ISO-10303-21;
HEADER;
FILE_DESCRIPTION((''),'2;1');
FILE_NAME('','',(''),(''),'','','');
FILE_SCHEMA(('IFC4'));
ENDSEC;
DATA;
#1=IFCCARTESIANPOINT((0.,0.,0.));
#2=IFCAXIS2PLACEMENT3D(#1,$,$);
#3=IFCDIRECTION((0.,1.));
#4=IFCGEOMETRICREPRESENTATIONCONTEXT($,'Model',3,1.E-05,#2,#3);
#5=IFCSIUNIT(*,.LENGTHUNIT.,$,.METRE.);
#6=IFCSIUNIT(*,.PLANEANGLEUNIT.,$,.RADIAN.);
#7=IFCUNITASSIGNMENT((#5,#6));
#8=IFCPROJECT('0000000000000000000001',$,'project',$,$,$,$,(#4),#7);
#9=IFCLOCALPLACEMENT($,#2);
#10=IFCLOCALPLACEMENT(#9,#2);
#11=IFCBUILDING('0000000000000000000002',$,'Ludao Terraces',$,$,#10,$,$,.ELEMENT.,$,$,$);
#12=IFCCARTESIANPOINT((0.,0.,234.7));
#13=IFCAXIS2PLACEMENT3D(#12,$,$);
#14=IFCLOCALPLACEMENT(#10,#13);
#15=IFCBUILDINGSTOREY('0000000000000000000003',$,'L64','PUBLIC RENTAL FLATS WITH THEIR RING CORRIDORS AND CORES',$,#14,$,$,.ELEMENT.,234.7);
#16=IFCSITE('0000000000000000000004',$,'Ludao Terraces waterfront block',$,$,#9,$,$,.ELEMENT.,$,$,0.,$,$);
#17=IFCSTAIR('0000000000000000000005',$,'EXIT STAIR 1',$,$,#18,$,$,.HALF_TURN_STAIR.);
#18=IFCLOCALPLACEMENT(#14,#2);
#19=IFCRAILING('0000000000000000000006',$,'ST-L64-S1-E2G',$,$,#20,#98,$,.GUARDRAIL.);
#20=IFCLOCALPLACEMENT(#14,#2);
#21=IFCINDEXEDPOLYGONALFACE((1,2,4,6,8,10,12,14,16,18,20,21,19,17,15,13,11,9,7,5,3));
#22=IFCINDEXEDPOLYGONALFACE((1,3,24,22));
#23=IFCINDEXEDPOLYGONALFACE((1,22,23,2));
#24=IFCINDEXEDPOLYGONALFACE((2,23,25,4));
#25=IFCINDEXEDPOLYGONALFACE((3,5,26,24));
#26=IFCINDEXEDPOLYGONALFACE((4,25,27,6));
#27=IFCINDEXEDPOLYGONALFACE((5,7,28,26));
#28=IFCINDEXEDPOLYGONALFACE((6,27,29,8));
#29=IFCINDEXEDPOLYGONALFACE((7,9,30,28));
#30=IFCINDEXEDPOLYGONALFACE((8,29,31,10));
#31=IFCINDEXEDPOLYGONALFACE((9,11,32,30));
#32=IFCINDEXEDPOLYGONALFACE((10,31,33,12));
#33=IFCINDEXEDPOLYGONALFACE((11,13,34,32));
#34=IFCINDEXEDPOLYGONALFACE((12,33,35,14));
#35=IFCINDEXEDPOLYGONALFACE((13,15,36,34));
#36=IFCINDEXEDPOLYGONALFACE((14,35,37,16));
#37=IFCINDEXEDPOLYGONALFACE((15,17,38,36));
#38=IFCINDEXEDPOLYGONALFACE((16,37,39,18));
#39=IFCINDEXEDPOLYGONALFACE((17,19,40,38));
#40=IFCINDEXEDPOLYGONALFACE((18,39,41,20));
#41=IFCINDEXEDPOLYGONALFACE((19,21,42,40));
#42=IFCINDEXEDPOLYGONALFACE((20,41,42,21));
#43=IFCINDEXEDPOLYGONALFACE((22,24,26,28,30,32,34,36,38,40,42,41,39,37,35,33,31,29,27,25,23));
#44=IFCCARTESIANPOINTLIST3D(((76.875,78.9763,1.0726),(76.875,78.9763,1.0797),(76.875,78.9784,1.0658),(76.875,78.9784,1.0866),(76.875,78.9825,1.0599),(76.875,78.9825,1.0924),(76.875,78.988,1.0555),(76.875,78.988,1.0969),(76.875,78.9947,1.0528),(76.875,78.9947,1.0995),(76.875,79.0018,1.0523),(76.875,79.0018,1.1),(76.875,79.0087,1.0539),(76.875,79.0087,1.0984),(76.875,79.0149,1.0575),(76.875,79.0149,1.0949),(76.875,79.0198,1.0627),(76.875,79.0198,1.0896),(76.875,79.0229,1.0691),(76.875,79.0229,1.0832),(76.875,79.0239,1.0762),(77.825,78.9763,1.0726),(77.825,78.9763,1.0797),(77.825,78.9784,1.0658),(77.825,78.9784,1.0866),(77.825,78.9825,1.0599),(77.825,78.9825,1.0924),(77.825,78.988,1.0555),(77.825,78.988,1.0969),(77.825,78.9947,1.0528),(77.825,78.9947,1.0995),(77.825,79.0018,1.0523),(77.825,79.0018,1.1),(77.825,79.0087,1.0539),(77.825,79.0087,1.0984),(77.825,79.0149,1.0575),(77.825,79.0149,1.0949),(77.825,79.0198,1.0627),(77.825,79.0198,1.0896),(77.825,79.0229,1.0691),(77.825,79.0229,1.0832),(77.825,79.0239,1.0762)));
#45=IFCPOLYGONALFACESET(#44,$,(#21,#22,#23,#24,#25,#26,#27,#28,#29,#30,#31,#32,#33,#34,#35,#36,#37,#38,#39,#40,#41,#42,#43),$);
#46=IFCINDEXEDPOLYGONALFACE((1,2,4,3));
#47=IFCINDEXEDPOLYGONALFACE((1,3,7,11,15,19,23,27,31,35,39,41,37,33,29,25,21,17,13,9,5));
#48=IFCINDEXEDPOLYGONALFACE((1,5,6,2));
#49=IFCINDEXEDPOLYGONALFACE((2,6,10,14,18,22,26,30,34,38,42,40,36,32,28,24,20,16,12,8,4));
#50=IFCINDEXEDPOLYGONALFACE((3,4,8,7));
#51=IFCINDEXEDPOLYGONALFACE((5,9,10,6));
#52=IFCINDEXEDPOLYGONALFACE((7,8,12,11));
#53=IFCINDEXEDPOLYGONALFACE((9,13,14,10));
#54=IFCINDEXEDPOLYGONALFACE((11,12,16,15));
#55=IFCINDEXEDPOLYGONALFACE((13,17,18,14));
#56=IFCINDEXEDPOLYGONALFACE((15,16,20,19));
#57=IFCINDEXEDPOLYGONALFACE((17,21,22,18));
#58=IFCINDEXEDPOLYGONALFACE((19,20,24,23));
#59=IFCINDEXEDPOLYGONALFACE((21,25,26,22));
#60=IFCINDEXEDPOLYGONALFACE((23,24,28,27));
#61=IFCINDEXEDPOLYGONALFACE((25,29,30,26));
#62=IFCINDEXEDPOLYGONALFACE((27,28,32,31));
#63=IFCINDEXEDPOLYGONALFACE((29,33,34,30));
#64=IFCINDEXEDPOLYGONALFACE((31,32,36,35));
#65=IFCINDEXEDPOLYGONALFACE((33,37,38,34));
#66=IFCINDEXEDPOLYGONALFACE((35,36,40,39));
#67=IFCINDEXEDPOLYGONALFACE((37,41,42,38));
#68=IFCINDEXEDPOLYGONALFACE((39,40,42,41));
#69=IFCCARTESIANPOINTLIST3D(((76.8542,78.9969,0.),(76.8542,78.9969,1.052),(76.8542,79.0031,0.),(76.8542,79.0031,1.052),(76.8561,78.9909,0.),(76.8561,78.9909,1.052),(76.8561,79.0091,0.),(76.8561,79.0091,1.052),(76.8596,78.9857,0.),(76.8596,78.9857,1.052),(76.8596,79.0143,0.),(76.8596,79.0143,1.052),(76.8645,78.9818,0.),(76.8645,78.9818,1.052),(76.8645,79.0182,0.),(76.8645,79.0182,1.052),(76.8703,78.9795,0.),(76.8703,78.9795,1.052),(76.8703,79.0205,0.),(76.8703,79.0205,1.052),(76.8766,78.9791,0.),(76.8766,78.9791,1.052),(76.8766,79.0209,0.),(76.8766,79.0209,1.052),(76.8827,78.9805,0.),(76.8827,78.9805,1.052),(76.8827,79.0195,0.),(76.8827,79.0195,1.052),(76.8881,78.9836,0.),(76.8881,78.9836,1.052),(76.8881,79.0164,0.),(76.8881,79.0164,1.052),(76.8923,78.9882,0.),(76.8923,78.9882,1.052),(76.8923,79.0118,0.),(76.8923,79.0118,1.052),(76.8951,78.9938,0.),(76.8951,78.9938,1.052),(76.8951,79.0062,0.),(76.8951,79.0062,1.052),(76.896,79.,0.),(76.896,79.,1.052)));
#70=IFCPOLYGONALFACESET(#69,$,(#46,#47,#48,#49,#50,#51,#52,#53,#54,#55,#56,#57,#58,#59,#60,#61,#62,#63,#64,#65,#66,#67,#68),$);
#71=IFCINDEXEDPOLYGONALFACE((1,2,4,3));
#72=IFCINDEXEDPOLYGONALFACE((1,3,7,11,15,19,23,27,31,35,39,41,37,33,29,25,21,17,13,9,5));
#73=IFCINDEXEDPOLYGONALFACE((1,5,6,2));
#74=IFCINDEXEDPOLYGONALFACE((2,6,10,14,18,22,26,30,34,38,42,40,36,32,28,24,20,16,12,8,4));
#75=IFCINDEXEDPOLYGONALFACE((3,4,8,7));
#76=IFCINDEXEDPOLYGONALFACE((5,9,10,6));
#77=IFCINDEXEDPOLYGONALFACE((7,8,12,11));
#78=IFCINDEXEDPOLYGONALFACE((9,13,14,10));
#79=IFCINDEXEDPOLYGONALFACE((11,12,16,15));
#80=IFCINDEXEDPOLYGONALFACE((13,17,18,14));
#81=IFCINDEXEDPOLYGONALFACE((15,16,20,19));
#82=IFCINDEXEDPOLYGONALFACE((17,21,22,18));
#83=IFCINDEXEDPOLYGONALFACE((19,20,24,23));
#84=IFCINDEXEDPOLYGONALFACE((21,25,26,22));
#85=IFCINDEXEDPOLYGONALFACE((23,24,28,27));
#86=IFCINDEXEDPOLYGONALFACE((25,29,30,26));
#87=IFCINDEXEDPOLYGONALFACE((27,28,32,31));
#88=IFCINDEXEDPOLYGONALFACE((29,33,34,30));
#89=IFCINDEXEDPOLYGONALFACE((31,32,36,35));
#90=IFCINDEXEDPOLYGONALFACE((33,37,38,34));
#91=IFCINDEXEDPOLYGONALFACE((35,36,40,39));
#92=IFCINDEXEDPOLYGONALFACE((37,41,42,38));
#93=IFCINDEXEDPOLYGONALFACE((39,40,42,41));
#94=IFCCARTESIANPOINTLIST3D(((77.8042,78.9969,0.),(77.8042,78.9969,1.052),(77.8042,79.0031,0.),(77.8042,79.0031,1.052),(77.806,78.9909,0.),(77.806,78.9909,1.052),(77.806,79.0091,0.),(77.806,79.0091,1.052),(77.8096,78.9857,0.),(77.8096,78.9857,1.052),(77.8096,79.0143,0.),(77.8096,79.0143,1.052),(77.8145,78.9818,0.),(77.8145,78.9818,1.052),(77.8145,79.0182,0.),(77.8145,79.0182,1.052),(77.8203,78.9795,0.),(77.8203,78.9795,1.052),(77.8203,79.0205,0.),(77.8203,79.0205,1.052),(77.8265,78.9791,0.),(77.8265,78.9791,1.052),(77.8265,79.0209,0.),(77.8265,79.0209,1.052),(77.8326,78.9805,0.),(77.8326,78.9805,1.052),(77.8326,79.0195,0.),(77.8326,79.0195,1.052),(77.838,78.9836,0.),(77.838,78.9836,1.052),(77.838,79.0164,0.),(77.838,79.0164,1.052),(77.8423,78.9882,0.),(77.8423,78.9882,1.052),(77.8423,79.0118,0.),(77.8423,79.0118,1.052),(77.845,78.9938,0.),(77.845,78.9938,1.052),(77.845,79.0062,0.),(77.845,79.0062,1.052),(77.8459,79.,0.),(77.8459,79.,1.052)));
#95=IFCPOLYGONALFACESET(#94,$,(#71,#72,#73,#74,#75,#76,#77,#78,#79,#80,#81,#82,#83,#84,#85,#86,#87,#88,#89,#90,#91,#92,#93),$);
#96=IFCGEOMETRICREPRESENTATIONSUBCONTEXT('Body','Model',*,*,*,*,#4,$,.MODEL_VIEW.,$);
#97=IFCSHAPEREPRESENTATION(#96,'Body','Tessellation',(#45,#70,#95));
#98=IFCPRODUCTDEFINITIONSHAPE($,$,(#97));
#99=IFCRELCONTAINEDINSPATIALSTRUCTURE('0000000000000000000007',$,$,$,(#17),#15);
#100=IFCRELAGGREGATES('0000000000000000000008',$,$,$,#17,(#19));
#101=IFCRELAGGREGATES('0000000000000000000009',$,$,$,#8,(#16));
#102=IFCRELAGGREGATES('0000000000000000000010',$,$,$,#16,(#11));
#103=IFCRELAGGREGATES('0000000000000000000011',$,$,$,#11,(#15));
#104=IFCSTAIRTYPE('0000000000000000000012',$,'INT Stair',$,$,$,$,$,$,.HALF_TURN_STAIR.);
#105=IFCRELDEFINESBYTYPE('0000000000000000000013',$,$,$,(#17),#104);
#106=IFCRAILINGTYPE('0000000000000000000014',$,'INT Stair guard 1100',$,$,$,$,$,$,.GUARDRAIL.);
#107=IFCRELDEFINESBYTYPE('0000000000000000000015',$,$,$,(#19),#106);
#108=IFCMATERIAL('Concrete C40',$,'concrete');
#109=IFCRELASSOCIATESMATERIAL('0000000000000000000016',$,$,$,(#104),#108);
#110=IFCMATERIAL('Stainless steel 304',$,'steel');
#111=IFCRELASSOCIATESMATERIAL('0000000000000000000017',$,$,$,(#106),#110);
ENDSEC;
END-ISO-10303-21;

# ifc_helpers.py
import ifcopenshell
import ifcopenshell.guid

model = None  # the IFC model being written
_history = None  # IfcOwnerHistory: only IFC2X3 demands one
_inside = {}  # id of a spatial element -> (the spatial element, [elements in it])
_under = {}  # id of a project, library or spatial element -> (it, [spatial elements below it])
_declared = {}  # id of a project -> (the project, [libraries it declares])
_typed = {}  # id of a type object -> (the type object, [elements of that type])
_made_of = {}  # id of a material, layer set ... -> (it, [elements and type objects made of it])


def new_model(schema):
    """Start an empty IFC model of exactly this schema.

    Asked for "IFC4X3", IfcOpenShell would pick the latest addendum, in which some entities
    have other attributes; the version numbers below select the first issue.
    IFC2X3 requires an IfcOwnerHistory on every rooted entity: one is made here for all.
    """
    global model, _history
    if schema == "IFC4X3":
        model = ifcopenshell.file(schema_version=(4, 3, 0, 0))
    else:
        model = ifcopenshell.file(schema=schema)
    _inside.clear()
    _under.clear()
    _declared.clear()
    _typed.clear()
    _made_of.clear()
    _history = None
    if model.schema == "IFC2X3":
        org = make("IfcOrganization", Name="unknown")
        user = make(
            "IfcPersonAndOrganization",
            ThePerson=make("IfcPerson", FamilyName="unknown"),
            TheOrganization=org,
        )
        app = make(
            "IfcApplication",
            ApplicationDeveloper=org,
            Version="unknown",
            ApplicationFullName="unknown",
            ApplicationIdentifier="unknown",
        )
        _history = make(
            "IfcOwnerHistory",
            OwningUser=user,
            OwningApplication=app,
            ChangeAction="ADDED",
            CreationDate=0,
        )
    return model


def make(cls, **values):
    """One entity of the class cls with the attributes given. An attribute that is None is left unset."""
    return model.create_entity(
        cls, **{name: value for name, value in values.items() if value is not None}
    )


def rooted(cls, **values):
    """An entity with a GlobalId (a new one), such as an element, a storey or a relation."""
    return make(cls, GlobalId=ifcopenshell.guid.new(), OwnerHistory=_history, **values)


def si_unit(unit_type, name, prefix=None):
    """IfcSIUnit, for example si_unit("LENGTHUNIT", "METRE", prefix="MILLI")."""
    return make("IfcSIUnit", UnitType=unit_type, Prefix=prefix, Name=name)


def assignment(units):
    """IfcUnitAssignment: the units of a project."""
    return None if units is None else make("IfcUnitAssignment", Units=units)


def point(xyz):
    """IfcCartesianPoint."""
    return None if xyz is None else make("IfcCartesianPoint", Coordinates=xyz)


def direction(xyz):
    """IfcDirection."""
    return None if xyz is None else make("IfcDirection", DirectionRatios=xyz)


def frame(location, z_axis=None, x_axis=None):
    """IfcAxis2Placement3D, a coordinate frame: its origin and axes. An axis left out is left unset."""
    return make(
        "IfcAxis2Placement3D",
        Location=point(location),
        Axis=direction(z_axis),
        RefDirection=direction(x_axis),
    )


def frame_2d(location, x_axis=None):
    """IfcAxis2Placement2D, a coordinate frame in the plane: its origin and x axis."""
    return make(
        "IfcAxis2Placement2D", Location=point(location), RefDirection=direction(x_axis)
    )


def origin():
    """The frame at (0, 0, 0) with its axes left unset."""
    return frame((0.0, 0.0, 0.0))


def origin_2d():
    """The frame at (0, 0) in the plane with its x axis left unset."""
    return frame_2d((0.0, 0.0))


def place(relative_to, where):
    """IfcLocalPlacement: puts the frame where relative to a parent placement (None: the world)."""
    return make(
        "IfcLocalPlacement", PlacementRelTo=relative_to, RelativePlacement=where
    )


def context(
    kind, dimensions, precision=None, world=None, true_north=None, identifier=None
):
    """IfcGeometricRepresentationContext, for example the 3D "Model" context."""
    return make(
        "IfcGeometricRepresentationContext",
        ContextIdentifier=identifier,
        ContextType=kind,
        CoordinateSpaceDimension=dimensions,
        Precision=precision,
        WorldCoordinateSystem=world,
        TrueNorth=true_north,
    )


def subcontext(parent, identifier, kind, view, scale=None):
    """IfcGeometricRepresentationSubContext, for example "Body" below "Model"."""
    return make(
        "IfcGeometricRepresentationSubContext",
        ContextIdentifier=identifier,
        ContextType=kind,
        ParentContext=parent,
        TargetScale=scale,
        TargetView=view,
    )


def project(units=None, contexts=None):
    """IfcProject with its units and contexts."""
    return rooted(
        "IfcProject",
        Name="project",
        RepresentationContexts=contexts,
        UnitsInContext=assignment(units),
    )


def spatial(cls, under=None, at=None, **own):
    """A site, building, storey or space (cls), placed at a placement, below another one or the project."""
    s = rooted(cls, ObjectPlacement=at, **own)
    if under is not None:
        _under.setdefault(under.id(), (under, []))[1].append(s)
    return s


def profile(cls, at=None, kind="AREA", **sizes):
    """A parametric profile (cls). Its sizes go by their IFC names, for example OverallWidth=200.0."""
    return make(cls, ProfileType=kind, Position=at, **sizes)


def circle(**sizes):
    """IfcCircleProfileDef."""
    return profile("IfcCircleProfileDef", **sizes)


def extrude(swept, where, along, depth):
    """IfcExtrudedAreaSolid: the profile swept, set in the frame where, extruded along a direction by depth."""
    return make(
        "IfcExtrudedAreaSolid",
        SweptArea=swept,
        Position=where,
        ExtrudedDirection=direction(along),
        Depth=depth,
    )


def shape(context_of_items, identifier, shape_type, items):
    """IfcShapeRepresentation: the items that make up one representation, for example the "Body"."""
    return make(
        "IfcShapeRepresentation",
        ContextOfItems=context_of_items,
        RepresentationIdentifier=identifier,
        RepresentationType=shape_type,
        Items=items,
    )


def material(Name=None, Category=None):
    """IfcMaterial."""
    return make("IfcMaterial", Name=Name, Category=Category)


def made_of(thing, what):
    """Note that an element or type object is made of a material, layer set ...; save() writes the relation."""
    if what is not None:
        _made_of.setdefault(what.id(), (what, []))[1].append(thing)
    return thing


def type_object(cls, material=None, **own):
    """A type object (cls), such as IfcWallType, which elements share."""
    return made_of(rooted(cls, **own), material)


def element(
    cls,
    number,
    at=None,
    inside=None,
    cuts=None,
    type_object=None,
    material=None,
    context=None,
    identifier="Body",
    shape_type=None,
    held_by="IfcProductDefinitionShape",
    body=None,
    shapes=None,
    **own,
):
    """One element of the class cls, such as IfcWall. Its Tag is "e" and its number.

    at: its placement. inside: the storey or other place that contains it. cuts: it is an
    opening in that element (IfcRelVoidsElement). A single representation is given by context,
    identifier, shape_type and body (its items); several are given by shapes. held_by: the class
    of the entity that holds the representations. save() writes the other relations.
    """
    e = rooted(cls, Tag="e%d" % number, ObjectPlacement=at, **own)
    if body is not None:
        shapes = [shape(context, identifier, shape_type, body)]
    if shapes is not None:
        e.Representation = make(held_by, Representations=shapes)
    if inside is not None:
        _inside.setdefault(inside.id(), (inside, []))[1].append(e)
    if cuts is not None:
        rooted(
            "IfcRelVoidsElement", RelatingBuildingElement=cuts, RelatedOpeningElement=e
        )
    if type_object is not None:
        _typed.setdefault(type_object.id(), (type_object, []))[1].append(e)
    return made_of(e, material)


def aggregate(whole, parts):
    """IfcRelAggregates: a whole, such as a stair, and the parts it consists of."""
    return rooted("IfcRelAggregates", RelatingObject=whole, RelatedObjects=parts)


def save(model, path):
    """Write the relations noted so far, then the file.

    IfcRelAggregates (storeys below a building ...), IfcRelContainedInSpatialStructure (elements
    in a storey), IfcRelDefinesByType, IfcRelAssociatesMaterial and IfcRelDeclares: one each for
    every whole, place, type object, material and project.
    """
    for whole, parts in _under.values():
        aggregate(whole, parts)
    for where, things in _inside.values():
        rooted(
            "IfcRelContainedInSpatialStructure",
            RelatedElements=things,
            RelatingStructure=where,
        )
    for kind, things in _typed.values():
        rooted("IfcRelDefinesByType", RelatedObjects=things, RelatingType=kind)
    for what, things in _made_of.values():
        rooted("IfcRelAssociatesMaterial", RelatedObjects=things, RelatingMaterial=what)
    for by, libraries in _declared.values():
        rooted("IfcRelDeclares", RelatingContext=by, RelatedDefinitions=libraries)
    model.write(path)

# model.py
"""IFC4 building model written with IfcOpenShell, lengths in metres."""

from ifc_helpers import new_model, si_unit, direction, frame, origin, origin_2d, place, context, subcontext, project, spatial, circle, extrude, material, type_object, element, aggregate, save


model = new_model("IFC4")

# Units and contexts
model_context = context("Model", 3, precision=1e-05, world=origin(), true_north=direction((0.0, 1.0)))
body_context = subcontext(model_context, "Body", "Model", "MODEL_VIEW")
ifc_project = project(units=[si_unit("LENGTHUNIT", "METRE"), si_unit("PLANEANGLEUNIT", "RADIAN")], contexts=[model_context])

# Site, building, storey
site_placement = place(None, origin())
site = spatial("IfcSite", under=ifc_project, at=site_placement, Name="Ludao Terraces waterfront block", CompositionType="ELEMENT", RefElevation=0.0)
building_placement = place(site_placement, origin())
building = spatial("IfcBuilding", under=site, at=building_placement, Name="Ludao Terraces", CompositionType="ELEMENT")
storey_placement = place(building_placement, frame((0.0, 0.0, 234.7)))
storey = spatial("IfcBuildingStorey", under=building, at=storey_placement, Name="L64", Description="PUBLIC RENTAL FLATS WITH THEIR RING CORRIDORS AND CORES", CompositionType="ELEMENT", Elevation=234.7)

# Shared definitions
ifc_material_1 = material(Name="Concrete C40", Category="concrete")

# Shared definitions
ifc_material_2 = material(Name="Stainless steel 304", Category="steel")

# Stair, railing
stair_type = type_object("IfcStairType", Name="INT Stair", PredefinedType="HALF_TURN_STAIR", material=ifc_material_1)
stair_placement = place(storey_placement, origin())
stair = element("IfcStair", 1, at=stair_placement, inside=storey, type_object=stair_type, Name="EXIT STAIR 1", PredefinedType="HALF_TURN_STAIR")
railing_type_1 = type_object("IfcRailingType", Name="INT Stair guard 1100", PredefinedType="GUARDRAIL", material=ifc_material_2)
railing_1_placement = place(storey_placement, frame((76.875, 79.0, 0.0)))
railing_1 = element("IfcRailing", 2, at=railing_1_placement, type_object=railing_type_1, Name="ST-L64-S1-E2G", PredefinedType="GUARDRAIL", context=body_context, shape_type="SweptSolid", body=[
    extrude(circle(Radius=0.0239, at=origin_2d()), frame((0.0, 0.0, 1.0762), z_axis=(1.0, 0.0, 0.0), x_axis=(0.0, 1.0, 0.0)), (0.0, 0.0, 1.0), 0.95),
    extrude(circle(Radius=0.021, at=origin_2d()), origin(), (0.0, 0.0, 1.0), 1.052),
    extrude(circle(Radius=0.021, at=origin_2d()), frame((0.95, 0.0, 0.0)), (0.0, 0.0, 1.0), 1.052),
])
aggregate(stair, [railing_1])

save(model, "model.ifc")
